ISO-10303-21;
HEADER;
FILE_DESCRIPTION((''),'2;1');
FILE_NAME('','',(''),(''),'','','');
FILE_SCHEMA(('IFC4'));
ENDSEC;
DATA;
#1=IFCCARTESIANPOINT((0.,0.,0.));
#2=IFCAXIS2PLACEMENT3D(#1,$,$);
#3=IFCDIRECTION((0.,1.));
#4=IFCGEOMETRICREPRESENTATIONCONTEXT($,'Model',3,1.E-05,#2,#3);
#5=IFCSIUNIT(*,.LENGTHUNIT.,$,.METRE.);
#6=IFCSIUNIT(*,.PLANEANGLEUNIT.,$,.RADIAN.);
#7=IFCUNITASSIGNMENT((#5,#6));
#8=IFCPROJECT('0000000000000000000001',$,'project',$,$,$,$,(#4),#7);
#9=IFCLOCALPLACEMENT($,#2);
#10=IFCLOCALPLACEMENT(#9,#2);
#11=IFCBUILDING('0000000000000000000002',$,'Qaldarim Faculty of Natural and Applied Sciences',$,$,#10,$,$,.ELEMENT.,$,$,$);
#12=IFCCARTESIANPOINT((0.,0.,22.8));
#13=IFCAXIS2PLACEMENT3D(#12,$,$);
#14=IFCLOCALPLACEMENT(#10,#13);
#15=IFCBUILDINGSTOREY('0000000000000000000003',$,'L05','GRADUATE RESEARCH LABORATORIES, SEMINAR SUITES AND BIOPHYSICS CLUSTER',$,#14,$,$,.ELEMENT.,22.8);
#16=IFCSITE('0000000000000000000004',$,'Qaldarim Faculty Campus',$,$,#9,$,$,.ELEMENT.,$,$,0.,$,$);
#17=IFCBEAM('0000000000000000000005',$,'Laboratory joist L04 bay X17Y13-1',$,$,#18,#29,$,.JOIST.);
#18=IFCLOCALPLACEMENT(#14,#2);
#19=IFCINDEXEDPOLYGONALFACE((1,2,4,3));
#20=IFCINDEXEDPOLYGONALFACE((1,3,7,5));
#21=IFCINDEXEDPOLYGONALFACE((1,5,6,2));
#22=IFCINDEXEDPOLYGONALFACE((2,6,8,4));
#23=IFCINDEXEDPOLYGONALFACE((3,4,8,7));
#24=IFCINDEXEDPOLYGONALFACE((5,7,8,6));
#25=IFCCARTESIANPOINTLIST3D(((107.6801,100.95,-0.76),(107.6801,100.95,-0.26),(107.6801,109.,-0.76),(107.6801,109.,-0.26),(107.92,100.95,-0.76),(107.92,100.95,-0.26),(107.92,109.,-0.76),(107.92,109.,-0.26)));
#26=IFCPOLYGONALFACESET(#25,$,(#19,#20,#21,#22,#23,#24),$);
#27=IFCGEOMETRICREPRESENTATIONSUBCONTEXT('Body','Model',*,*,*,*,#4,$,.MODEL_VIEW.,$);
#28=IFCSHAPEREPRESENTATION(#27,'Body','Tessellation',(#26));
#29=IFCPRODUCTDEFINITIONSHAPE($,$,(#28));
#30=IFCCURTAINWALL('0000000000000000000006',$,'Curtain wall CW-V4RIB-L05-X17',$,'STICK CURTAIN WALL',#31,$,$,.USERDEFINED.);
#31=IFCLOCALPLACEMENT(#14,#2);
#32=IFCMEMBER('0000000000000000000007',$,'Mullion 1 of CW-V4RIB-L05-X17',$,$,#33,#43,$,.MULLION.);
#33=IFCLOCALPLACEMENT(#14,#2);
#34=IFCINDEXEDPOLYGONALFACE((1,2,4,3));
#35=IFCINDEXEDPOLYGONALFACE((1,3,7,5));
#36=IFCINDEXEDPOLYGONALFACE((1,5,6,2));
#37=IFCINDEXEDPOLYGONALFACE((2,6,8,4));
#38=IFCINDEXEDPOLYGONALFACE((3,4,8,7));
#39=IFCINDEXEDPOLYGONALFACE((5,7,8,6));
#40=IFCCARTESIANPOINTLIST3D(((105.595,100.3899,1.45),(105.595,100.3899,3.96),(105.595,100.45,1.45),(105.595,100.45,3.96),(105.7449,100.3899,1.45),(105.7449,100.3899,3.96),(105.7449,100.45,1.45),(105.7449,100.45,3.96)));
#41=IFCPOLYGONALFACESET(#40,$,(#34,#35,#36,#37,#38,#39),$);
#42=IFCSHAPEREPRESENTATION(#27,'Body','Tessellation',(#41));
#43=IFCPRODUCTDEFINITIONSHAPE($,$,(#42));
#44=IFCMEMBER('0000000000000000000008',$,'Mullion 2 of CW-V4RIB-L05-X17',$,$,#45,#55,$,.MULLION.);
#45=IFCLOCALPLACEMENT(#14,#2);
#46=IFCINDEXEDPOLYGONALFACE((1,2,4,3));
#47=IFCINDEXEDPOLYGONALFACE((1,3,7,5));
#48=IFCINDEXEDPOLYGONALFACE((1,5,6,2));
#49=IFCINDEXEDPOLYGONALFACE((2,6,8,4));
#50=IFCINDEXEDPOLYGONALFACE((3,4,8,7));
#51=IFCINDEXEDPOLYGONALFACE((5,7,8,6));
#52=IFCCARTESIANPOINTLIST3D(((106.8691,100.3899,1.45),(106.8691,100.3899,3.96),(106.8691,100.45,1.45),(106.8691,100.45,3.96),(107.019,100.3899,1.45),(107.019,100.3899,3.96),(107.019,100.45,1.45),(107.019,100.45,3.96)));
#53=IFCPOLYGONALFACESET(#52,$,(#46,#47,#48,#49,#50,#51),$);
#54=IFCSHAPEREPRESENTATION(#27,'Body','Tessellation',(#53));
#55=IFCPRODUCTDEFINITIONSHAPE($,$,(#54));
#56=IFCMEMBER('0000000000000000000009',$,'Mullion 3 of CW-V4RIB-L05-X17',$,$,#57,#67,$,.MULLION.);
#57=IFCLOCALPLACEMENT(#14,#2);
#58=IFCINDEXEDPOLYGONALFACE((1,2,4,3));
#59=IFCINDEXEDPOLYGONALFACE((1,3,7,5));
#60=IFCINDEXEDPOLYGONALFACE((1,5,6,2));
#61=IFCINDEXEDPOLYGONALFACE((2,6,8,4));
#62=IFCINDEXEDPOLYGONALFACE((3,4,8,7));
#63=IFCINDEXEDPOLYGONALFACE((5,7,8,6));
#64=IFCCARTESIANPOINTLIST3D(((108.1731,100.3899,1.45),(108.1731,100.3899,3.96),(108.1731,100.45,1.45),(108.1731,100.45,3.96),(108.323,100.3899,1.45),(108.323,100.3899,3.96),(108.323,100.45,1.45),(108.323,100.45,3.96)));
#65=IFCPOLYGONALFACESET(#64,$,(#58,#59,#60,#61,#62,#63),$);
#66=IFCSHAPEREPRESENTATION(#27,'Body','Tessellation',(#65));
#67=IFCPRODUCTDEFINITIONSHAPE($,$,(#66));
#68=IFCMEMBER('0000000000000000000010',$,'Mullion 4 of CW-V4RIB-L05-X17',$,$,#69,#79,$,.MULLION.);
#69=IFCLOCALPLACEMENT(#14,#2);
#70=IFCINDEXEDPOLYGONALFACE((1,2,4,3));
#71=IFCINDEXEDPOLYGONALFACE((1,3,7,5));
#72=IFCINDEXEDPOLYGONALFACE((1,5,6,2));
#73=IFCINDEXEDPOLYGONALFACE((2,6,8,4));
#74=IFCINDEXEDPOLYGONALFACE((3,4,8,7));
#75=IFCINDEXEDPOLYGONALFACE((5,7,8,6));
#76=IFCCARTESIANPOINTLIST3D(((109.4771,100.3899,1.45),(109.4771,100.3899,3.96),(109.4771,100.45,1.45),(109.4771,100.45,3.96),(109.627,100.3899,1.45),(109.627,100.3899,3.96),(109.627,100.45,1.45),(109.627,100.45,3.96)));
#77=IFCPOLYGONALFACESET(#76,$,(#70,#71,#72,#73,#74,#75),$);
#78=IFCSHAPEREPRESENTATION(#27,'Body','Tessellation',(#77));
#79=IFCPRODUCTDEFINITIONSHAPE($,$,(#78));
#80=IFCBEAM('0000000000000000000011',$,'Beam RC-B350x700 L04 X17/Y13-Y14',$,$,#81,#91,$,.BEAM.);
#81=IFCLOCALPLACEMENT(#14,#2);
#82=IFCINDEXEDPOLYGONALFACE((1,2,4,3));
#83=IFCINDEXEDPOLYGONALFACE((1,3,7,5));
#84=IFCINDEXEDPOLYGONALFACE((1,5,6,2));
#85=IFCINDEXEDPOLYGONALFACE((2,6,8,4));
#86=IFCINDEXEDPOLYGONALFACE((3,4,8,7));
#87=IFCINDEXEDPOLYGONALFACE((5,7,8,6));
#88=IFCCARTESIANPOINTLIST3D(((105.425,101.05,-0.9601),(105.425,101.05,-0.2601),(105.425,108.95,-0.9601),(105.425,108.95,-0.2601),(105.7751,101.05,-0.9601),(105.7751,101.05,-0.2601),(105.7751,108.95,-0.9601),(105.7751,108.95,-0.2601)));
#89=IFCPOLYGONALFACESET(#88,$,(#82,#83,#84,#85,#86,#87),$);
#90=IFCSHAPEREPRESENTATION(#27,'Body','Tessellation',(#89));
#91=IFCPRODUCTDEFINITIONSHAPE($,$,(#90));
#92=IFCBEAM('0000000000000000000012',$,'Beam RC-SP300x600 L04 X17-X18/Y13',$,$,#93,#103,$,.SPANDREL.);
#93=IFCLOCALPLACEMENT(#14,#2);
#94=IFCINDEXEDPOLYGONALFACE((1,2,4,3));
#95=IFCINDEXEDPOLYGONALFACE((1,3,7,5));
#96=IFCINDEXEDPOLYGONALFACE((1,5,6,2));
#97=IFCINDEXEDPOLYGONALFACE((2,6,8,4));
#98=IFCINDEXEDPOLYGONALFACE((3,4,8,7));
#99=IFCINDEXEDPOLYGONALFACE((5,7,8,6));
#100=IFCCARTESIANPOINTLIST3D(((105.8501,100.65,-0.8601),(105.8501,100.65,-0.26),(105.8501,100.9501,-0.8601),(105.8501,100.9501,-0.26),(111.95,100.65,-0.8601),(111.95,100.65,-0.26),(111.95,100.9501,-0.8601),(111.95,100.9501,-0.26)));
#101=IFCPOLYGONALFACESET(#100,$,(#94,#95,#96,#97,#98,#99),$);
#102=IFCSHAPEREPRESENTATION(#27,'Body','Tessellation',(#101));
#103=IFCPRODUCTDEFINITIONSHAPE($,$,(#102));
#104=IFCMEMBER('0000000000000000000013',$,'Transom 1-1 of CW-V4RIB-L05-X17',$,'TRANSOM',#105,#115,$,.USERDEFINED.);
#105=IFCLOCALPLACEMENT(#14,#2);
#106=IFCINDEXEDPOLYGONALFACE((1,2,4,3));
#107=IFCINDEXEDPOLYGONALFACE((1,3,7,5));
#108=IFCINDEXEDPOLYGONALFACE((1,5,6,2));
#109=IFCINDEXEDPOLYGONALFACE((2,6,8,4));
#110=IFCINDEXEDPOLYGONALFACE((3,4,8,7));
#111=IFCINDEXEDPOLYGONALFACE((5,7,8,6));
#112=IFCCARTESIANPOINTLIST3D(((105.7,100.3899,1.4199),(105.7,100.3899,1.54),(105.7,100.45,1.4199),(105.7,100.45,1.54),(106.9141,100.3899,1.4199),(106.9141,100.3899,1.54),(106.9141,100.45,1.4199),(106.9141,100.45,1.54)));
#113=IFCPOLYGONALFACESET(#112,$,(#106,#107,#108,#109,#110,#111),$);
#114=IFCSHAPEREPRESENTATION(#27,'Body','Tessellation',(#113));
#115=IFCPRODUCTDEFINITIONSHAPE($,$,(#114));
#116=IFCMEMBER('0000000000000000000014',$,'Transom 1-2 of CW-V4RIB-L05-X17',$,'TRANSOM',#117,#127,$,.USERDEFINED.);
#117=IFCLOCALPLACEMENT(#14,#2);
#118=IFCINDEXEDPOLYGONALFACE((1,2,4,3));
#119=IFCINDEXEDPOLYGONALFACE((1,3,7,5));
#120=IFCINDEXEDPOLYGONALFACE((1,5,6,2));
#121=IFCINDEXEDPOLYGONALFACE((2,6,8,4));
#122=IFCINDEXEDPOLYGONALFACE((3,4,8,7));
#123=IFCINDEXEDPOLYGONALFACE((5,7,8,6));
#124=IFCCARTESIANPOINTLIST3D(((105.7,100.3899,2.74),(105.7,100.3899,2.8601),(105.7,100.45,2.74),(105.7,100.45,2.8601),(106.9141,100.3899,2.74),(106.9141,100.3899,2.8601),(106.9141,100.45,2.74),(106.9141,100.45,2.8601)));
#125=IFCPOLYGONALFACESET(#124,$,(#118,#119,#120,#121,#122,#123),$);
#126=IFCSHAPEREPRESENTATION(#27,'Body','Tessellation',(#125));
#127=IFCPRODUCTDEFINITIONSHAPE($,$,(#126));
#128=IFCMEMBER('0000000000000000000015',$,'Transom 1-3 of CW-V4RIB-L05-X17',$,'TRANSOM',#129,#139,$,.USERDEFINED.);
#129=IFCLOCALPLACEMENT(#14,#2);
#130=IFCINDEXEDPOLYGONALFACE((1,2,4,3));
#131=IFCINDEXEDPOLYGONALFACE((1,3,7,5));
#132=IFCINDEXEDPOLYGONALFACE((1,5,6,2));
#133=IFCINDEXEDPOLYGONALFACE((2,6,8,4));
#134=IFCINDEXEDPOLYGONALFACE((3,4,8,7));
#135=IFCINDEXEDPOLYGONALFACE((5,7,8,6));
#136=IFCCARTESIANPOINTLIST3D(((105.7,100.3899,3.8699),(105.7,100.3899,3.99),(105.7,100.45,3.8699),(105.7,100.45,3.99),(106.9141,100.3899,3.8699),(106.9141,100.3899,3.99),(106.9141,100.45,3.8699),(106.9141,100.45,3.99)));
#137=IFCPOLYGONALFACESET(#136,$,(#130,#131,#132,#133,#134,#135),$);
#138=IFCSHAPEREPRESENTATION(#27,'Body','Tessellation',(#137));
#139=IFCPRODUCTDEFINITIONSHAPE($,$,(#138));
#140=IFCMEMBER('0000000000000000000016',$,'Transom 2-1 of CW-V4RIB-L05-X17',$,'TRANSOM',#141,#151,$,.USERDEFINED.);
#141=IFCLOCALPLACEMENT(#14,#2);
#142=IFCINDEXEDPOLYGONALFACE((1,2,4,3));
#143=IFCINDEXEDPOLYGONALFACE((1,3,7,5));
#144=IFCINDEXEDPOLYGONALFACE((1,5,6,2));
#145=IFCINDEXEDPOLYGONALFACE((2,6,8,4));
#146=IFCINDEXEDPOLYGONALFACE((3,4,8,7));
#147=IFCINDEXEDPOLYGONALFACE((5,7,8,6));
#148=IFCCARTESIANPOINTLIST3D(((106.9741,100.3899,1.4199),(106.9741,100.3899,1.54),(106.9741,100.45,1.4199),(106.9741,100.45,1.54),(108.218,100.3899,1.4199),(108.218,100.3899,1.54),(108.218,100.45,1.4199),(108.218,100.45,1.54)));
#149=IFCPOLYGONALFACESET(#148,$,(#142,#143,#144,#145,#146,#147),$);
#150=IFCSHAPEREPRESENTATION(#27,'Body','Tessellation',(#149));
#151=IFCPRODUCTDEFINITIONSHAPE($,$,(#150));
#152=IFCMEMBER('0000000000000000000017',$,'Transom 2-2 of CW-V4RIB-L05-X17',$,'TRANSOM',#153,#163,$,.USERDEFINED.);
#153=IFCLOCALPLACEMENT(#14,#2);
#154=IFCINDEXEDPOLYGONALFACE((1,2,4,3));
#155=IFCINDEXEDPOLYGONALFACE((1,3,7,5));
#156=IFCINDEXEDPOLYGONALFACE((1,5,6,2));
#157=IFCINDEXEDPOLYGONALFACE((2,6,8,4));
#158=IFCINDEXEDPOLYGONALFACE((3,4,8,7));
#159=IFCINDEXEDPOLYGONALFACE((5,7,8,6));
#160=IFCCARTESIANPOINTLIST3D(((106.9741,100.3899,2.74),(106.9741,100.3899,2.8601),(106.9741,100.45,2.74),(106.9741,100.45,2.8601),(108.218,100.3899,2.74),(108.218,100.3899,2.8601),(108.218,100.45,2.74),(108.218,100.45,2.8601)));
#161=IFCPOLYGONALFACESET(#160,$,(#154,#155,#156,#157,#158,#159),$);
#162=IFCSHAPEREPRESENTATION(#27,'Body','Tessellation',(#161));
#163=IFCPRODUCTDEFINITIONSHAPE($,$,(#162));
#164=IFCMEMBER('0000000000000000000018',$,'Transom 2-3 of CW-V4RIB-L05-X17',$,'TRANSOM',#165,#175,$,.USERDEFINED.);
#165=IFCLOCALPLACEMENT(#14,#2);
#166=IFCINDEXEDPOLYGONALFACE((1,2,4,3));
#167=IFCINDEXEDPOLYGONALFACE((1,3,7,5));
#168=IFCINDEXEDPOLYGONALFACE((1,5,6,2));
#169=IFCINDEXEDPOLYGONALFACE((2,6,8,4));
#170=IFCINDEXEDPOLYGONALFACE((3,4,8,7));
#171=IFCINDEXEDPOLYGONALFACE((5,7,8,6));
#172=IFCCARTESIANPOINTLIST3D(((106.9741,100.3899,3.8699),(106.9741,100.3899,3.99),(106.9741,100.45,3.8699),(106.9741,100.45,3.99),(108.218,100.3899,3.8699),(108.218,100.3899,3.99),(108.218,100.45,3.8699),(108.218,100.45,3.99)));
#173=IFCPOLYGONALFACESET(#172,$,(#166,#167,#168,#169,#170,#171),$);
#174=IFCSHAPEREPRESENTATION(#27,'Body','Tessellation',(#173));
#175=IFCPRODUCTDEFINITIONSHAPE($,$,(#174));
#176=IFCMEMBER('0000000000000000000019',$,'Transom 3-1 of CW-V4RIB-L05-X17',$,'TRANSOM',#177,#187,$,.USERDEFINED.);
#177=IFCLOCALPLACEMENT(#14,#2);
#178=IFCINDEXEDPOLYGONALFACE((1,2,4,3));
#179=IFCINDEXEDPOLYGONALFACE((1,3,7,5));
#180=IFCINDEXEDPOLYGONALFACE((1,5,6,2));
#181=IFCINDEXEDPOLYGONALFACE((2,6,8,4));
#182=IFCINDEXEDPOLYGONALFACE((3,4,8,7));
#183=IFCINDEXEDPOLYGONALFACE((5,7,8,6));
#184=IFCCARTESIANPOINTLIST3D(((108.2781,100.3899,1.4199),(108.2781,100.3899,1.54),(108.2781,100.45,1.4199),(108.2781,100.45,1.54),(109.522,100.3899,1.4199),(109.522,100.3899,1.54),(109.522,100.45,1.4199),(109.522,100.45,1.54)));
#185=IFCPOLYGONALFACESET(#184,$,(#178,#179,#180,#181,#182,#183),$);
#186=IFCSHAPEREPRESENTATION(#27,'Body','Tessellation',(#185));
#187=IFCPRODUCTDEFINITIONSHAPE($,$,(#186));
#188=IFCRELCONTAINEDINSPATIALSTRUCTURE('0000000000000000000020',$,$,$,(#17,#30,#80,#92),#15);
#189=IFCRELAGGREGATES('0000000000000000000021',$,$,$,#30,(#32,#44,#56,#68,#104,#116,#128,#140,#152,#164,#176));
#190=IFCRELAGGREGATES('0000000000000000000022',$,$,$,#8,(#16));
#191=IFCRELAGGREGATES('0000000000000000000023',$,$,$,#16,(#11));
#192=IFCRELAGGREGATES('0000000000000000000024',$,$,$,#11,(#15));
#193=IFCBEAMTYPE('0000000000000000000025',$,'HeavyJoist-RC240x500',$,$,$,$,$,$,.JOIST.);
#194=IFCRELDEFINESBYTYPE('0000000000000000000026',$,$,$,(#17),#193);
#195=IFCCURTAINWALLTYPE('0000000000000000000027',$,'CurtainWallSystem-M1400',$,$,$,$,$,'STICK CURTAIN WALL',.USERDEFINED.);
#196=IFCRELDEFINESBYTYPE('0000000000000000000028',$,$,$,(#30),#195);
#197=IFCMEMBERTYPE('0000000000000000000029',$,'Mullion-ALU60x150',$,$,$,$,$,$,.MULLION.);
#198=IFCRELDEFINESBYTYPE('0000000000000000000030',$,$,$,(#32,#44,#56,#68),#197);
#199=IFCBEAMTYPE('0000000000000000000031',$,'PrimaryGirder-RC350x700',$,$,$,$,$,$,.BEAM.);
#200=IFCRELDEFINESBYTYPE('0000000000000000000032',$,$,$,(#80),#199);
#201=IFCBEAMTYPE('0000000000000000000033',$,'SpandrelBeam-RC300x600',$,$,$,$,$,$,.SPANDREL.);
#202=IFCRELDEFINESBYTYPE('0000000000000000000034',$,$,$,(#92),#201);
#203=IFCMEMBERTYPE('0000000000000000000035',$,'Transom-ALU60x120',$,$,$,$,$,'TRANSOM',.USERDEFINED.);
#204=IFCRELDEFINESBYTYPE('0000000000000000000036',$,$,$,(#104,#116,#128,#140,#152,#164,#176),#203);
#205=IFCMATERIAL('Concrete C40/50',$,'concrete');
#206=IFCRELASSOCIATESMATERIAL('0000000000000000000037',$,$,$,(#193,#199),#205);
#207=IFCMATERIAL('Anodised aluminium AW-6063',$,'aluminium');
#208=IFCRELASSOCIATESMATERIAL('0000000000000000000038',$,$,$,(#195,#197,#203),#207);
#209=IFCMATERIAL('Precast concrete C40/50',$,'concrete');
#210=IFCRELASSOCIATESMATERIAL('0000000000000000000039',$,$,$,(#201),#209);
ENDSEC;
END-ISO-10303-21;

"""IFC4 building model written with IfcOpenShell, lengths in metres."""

from ifc_helpers import new_model, si_unit, direction, frame, origin, origin_2d, place, context, subcontext, project, spatial, rectangle, extrude, material, material_profile, profile_set, type_object, element, aggregate, save


model = new_model("IFC4")

# Units and contexts
model_context = context("Model", 3, precision=1e-05, world=origin(), true_north=direction((0.0, 1.0)))
body_context = subcontext(model_context, "Body", "Model", "MODEL_VIEW")
ifc_project = project(units=[si_unit("LENGTHUNIT", "METRE"), si_unit("PLANEANGLEUNIT", "RADIAN")], contexts=[model_context])

# Site, building, storey
site_placement = place(None, origin())
site = spatial("IfcSite", under=ifc_project, at=site_placement, Name="Qaldarim Faculty Campus", CompositionType="ELEMENT", RefElevation=0.0)
building_placement = place(site_placement, origin())
building = spatial("IfcBuilding", under=site, at=building_placement, Name="Qaldarim Faculty of Natural and Applied Sciences", CompositionType="ELEMENT")
storey_placement = place(building_placement, frame((0.0, 0.0, 22.8)))
storey = spatial("IfcBuildingStorey", under=building, at=storey_placement, Name="L05", Description="GRADUATE RESEARCH LABORATORIES, SEMINAR SUITES AND BIOPHYSICS CLUSTER", CompositionType="ELEMENT", Elevation=22.8)

# Beam
ifc_material_1 = material(Name="Concrete C40/50", Category="concrete")
ifc_material_profile_1 = material_profile(ifc_material_1, rectangle(XDim=0.24, YDim=0.5, at=origin_2d()), Name="RC-J240x500")
ifc_profile_set_1 = profile_set([ifc_material_profile_1], Name="Concrete C40/50")
beam_type_1 = type_object("IfcBeamType", Name="HeavyJoist-RC240x500", PredefinedType="JOIST", material=ifc_profile_set_1)
beam_1_placement = place(storey_placement, frame((107.8, 100.95, -0.51), z_axis=(0.0, 1.0, 0.0), x_axis=(-1.0, 0.0, 0.0)))
element("IfcBeam", 1, at=beam_1_placement, inside=storey, type_object=beam_type_1, Name="Laboratory joist L04 bay X17Y13-1", PredefinedType="JOIST", context=body_context, shape_type="SweptSolid", body=[
    extrude(rectangle(XDim=0.24, YDim=0.5, at=origin_2d()), origin(), (0.0, 0.0, 1.0), 8.05),
])

# Curtain wall, members
ifc_material_2 = material(Name="Anodised aluminium AW-6063", Category="aluminium")
curtain_wall_type = type_object("IfcCurtainWallType", Name="CurtainWallSystem-M1400", ElementType="STICK CURTAIN WALL", PredefinedType="USERDEFINED", material=ifc_material_2)
curtain_wall_placement = place(storey_placement, origin())
curtain_wall = element("IfcCurtainWall", 2, at=curtain_wall_placement, inside=storey, type_object=curtain_wall_type, Name="Curtain wall CW-V4RIB-L05-X17", ObjectType="STICK CURTAIN WALL", PredefinedType="USERDEFINED")
ifc_material_profile_2 = material_profile(ifc_material_2, rectangle(XDim=0.0601, YDim=0.1499, at=origin_2d()), Name="ALU-M60x150")
ifc_profile_set_2 = profile_set([ifc_material_profile_2], Name="Anodised aluminium AW-6063")
member_type_1 = type_object("IfcMemberType", Name="Mullion-ALU60x150", PredefinedType="MULLION", material=ifc_profile_set_2)
member_1_placement = place(storey_placement, frame((105.6699, 100.4199, 1.45), z_axis=(0.0, 0.0, 1.0), x_axis=(0.0, 1.0, 0.0)))
member_1 = element("IfcMember", 3, at=member_1_placement, type_object=member_type_1, Name="Mullion 1 of CW-V4RIB-L05-X17", PredefinedType="MULLION", context=body_context, shape_type="SweptSolid", body=[
    extrude(rectangle(XDim=0.0601, YDim=0.1499, at=origin_2d()), origin(), (0.0, 0.0, 1.0), 2.51),
])
member_2_placement = place(storey_placement, frame((106.9441, 100.4199, 1.45), z_axis=(0.0, 0.0, 1.0), x_axis=(0.0, 1.0, 0.0)))
member_2 = element("IfcMember", 4, at=member_2_placement, type_object=member_type_1, Name="Mullion 2 of CW-V4RIB-L05-X17", PredefinedType="MULLION", context=body_context, shape_type="SweptSolid", body=[
    extrude(rectangle(XDim=0.0601, YDim=0.1499, at=origin_2d()), origin(), (0.0, 0.0, 1.0), 2.51),
])
member_3_placement = place(storey_placement, frame((108.248, 100.4199, 1.45), z_axis=(0.0, 0.0, 1.0), x_axis=(0.0, 1.0, 0.0)))
member_3 = element("IfcMember", 5, at=member_3_placement, type_object=member_type_1, Name="Mullion 3 of CW-V4RIB-L05-X17", PredefinedType="MULLION", context=body_context, shape_type="SweptSolid", body=[
    extrude(rectangle(XDim=0.0601, YDim=0.1499, at=origin_2d()), origin(), (0.0, 0.0, 1.0), 2.51),
])
member_4_placement = place(storey_placement, frame((109.552, 100.4199, 1.45), z_axis=(0.0, 0.0, 1.0), x_axis=(0.0, 1.0, 0.0)))
member_4 = element("IfcMember", 6, at=member_4_placement, type_object=member_type_1, Name="Mullion 4 of CW-V4RIB-L05-X17", PredefinedType="MULLION", context=body_context, shape_type="SweptSolid", body=[
    extrude(rectangle(XDim=0.0601, YDim=0.1499, at=origin_2d()), origin(), (0.0, 0.0, 1.0), 2.51),
])

# Beams
ifc_material_profile_3 = material_profile(ifc_material_1, rectangle(XDim=0.3501, YDim=0.7, at=origin_2d()), Name="RC-B350x700")
ifc_profile_set_3 = profile_set([ifc_material_profile_3], Name="Concrete C40/50")
beam_type_2 = type_object("IfcBeamType", Name="PrimaryGirder-RC350x700", PredefinedType="BEAM", material=ifc_profile_set_3)
beam_2_placement = place(storey_placement, frame((105.6001, 101.05, -0.6101), z_axis=(0.0, 1.0, 0.0), x_axis=(-1.0, 0.0, 0.0)))
element("IfcBeam", 7, at=beam_2_placement, inside=storey, type_object=beam_type_2, Name="Beam RC-B350x700 L04 X17/Y13-Y14", PredefinedType="BEAM", context=body_context, shape_type="SweptSolid", body=[
    extrude(rectangle(XDim=0.3501, YDim=0.7, at=origin_2d()), origin(), (0.0, 0.0, 1.0), 7.8999),
])
ifc_material_3 = material(Name="Precast concrete C40/50", Category="concrete")
ifc_material_profile_4 = material_profile(ifc_material_3, rectangle(XDim=0.3, YDim=0.6001, at=origin_2d()), Name="RC-SP300x600")
ifc_profile_set_4 = profile_set([ifc_material_profile_4], Name="Precast concrete C40/50")
beam_type_3 = type_object("IfcBeamType", Name="SpandrelBeam-RC300x600", PredefinedType="SPANDREL", material=ifc_profile_set_4)
beam_3_placement = place(storey_placement, frame((105.8501, 100.8, -0.5601), z_axis=(1.0, 0.0, 0.0), x_axis=(0.0, 1.0, 0.0)))
element("IfcBeam", 8, at=beam_3_placement, inside=storey, type_object=beam_type_3, Name="Beam RC-SP300x600 L04 X17-X18/Y13", PredefinedType="SPANDREL", context=body_context, shape_type="SweptSolid", body=[
    extrude(rectangle(XDim=0.3, YDim=0.6001, at=origin_2d()), origin(), (0.0, 0.0, 1.0), 6.0999),
])

# Members
ifc_material_profile_5 = material_profile(ifc_material_2, rectangle(XDim=0.0601, YDim=0.1201, at=origin_2d()), Name="ALU-T60x120")
ifc_profile_set_5 = profile_set([ifc_material_profile_5], Name="Anodised aluminium AW-6063")
member_type_2 = type_object("IfcMemberType", Name="Transom-ALU60x120", ElementType="TRANSOM", PredefinedType="USERDEFINED", material=ifc_profile_set_5)
member_5_placement = place(storey_placement, frame((105.7, 100.4199, 1.48), z_axis=(1.0, 0.0, 0.0), x_axis=(0.0, 1.0, 0.0)))
member_5 = element("IfcMember", 9, at=member_5_placement, type_object=member_type_2, Name="Transom 1-1 of CW-V4RIB-L05-X17", ObjectType="TRANSOM", PredefinedType="USERDEFINED", context=body_context, shape_type="SweptSolid", body=[
    extrude(rectangle(XDim=0.0601, YDim=0.1201, at=origin_2d()), origin(), (0.0, 0.0, 1.0), 1.2141),
])
member_6_placement = place(storey_placement, frame((105.7, 100.4199, 2.8), z_axis=(1.0, 0.0, 0.0), x_axis=(0.0, 1.0, 0.0)))
member_6 = element("IfcMember", 10, at=member_6_placement, type_object=member_type_2, Name="Transom 1-2 of CW-V4RIB-L05-X17", ObjectType="TRANSOM", PredefinedType="USERDEFINED", context=body_context, shape_type="SweptSolid", body=[
    extrude(rectangle(XDim=0.0601, YDim=0.1201, at=origin_2d()), origin(), (0.0, 0.0, 1.0), 1.2141),
])
member_7_placement = place(storey_placement, frame((105.7, 100.4199, 3.9299), z_axis=(1.0, 0.0, 0.0), x_axis=(0.0, 1.0, 0.0)))
member_7 = element("IfcMember", 11, at=member_7_placement, type_object=member_type_2, Name="Transom 1-3 of CW-V4RIB-L05-X17", ObjectType="TRANSOM", PredefinedType="USERDEFINED", context=body_context, shape_type="SweptSolid", body=[
    extrude(rectangle(XDim=0.0601, YDim=0.1201, at=origin_2d()), origin(), (0.0, 0.0, 1.0), 1.2141),
])
member_8_placement = place(storey_placement, frame((106.9741, 100.4199, 1.48), z_axis=(1.0, 0.0, 0.0), x_axis=(0.0, 1.0, 0.0)))
member_8 = element("IfcMember", 12, at=member_8_placement, type_object=member_type_2, Name="Transom 2-1 of CW-V4RIB-L05-X17", ObjectType="TRANSOM", PredefinedType="USERDEFINED", context=body_context, shape_type="SweptSolid", body=[
    extrude(rectangle(XDim=0.0601, YDim=0.1201, at=origin_2d()), origin(), (0.0, 0.0, 1.0), 1.2439),
])
member_9_placement = place(storey_placement, frame((106.9741, 100.4199, 2.8), z_axis=(1.0, 0.0, 0.0), x_axis=(0.0, 1.0, 0.0)))
member_9 = element("IfcMember", 13, at=member_9_placement, type_object=member_type_2, Name="Transom 2-2 of CW-V4RIB-L05-X17", ObjectType="TRANSOM", PredefinedType="USERDEFINED", context=body_context, shape_type="SweptSolid", body=[
    extrude(rectangle(XDim=0.0601, YDim=0.1201, at=origin_2d()), origin(), (0.0, 0.0, 1.0), 1.2439),
])
member_10_placement = place(storey_placement, frame((106.9741, 100.4199, 3.9299), z_axis=(1.0, 0.0, 0.0), x_axis=(0.0, 1.0, 0.0)))
member_10 = element("IfcMember", 14, at=member_10_placement, type_object=member_type_2, Name="Transom 2-3 of CW-V4RIB-L05-X17", ObjectType="TRANSOM", PredefinedType="USERDEFINED", context=body_context, shape_type="SweptSolid", body=[
    extrude(rectangle(XDim=0.0601, YDim=0.1201, at=origin_2d()), origin(), (0.0, 0.0, 1.0), 1.2439),
])
member_11_placement = place(storey_placement, frame((108.2781, 100.4199, 1.48), z_axis=(1.0, 0.0, 0.0), x_axis=(0.0, 1.0, 0.0)))
member_11 = element("IfcMember", 15, at=member_11_placement, type_object=member_type_2, Name="Transom 3-1 of CW-V4RIB-L05-X17", ObjectType="TRANSOM", PredefinedType="USERDEFINED", context=body_context, shape_type="SweptSolid", body=[
    extrude(rectangle(XDim=0.0601, YDim=0.1201, at=origin_2d()), origin(), (0.0, 0.0, 1.0), 1.2439),
])

aggregate(curtain_wall, [member_1, member_2, member_3, member_4, member_5, member_6, member_7, member_8, member_9, member_10, member_11])

save(model, "model.ifc")
